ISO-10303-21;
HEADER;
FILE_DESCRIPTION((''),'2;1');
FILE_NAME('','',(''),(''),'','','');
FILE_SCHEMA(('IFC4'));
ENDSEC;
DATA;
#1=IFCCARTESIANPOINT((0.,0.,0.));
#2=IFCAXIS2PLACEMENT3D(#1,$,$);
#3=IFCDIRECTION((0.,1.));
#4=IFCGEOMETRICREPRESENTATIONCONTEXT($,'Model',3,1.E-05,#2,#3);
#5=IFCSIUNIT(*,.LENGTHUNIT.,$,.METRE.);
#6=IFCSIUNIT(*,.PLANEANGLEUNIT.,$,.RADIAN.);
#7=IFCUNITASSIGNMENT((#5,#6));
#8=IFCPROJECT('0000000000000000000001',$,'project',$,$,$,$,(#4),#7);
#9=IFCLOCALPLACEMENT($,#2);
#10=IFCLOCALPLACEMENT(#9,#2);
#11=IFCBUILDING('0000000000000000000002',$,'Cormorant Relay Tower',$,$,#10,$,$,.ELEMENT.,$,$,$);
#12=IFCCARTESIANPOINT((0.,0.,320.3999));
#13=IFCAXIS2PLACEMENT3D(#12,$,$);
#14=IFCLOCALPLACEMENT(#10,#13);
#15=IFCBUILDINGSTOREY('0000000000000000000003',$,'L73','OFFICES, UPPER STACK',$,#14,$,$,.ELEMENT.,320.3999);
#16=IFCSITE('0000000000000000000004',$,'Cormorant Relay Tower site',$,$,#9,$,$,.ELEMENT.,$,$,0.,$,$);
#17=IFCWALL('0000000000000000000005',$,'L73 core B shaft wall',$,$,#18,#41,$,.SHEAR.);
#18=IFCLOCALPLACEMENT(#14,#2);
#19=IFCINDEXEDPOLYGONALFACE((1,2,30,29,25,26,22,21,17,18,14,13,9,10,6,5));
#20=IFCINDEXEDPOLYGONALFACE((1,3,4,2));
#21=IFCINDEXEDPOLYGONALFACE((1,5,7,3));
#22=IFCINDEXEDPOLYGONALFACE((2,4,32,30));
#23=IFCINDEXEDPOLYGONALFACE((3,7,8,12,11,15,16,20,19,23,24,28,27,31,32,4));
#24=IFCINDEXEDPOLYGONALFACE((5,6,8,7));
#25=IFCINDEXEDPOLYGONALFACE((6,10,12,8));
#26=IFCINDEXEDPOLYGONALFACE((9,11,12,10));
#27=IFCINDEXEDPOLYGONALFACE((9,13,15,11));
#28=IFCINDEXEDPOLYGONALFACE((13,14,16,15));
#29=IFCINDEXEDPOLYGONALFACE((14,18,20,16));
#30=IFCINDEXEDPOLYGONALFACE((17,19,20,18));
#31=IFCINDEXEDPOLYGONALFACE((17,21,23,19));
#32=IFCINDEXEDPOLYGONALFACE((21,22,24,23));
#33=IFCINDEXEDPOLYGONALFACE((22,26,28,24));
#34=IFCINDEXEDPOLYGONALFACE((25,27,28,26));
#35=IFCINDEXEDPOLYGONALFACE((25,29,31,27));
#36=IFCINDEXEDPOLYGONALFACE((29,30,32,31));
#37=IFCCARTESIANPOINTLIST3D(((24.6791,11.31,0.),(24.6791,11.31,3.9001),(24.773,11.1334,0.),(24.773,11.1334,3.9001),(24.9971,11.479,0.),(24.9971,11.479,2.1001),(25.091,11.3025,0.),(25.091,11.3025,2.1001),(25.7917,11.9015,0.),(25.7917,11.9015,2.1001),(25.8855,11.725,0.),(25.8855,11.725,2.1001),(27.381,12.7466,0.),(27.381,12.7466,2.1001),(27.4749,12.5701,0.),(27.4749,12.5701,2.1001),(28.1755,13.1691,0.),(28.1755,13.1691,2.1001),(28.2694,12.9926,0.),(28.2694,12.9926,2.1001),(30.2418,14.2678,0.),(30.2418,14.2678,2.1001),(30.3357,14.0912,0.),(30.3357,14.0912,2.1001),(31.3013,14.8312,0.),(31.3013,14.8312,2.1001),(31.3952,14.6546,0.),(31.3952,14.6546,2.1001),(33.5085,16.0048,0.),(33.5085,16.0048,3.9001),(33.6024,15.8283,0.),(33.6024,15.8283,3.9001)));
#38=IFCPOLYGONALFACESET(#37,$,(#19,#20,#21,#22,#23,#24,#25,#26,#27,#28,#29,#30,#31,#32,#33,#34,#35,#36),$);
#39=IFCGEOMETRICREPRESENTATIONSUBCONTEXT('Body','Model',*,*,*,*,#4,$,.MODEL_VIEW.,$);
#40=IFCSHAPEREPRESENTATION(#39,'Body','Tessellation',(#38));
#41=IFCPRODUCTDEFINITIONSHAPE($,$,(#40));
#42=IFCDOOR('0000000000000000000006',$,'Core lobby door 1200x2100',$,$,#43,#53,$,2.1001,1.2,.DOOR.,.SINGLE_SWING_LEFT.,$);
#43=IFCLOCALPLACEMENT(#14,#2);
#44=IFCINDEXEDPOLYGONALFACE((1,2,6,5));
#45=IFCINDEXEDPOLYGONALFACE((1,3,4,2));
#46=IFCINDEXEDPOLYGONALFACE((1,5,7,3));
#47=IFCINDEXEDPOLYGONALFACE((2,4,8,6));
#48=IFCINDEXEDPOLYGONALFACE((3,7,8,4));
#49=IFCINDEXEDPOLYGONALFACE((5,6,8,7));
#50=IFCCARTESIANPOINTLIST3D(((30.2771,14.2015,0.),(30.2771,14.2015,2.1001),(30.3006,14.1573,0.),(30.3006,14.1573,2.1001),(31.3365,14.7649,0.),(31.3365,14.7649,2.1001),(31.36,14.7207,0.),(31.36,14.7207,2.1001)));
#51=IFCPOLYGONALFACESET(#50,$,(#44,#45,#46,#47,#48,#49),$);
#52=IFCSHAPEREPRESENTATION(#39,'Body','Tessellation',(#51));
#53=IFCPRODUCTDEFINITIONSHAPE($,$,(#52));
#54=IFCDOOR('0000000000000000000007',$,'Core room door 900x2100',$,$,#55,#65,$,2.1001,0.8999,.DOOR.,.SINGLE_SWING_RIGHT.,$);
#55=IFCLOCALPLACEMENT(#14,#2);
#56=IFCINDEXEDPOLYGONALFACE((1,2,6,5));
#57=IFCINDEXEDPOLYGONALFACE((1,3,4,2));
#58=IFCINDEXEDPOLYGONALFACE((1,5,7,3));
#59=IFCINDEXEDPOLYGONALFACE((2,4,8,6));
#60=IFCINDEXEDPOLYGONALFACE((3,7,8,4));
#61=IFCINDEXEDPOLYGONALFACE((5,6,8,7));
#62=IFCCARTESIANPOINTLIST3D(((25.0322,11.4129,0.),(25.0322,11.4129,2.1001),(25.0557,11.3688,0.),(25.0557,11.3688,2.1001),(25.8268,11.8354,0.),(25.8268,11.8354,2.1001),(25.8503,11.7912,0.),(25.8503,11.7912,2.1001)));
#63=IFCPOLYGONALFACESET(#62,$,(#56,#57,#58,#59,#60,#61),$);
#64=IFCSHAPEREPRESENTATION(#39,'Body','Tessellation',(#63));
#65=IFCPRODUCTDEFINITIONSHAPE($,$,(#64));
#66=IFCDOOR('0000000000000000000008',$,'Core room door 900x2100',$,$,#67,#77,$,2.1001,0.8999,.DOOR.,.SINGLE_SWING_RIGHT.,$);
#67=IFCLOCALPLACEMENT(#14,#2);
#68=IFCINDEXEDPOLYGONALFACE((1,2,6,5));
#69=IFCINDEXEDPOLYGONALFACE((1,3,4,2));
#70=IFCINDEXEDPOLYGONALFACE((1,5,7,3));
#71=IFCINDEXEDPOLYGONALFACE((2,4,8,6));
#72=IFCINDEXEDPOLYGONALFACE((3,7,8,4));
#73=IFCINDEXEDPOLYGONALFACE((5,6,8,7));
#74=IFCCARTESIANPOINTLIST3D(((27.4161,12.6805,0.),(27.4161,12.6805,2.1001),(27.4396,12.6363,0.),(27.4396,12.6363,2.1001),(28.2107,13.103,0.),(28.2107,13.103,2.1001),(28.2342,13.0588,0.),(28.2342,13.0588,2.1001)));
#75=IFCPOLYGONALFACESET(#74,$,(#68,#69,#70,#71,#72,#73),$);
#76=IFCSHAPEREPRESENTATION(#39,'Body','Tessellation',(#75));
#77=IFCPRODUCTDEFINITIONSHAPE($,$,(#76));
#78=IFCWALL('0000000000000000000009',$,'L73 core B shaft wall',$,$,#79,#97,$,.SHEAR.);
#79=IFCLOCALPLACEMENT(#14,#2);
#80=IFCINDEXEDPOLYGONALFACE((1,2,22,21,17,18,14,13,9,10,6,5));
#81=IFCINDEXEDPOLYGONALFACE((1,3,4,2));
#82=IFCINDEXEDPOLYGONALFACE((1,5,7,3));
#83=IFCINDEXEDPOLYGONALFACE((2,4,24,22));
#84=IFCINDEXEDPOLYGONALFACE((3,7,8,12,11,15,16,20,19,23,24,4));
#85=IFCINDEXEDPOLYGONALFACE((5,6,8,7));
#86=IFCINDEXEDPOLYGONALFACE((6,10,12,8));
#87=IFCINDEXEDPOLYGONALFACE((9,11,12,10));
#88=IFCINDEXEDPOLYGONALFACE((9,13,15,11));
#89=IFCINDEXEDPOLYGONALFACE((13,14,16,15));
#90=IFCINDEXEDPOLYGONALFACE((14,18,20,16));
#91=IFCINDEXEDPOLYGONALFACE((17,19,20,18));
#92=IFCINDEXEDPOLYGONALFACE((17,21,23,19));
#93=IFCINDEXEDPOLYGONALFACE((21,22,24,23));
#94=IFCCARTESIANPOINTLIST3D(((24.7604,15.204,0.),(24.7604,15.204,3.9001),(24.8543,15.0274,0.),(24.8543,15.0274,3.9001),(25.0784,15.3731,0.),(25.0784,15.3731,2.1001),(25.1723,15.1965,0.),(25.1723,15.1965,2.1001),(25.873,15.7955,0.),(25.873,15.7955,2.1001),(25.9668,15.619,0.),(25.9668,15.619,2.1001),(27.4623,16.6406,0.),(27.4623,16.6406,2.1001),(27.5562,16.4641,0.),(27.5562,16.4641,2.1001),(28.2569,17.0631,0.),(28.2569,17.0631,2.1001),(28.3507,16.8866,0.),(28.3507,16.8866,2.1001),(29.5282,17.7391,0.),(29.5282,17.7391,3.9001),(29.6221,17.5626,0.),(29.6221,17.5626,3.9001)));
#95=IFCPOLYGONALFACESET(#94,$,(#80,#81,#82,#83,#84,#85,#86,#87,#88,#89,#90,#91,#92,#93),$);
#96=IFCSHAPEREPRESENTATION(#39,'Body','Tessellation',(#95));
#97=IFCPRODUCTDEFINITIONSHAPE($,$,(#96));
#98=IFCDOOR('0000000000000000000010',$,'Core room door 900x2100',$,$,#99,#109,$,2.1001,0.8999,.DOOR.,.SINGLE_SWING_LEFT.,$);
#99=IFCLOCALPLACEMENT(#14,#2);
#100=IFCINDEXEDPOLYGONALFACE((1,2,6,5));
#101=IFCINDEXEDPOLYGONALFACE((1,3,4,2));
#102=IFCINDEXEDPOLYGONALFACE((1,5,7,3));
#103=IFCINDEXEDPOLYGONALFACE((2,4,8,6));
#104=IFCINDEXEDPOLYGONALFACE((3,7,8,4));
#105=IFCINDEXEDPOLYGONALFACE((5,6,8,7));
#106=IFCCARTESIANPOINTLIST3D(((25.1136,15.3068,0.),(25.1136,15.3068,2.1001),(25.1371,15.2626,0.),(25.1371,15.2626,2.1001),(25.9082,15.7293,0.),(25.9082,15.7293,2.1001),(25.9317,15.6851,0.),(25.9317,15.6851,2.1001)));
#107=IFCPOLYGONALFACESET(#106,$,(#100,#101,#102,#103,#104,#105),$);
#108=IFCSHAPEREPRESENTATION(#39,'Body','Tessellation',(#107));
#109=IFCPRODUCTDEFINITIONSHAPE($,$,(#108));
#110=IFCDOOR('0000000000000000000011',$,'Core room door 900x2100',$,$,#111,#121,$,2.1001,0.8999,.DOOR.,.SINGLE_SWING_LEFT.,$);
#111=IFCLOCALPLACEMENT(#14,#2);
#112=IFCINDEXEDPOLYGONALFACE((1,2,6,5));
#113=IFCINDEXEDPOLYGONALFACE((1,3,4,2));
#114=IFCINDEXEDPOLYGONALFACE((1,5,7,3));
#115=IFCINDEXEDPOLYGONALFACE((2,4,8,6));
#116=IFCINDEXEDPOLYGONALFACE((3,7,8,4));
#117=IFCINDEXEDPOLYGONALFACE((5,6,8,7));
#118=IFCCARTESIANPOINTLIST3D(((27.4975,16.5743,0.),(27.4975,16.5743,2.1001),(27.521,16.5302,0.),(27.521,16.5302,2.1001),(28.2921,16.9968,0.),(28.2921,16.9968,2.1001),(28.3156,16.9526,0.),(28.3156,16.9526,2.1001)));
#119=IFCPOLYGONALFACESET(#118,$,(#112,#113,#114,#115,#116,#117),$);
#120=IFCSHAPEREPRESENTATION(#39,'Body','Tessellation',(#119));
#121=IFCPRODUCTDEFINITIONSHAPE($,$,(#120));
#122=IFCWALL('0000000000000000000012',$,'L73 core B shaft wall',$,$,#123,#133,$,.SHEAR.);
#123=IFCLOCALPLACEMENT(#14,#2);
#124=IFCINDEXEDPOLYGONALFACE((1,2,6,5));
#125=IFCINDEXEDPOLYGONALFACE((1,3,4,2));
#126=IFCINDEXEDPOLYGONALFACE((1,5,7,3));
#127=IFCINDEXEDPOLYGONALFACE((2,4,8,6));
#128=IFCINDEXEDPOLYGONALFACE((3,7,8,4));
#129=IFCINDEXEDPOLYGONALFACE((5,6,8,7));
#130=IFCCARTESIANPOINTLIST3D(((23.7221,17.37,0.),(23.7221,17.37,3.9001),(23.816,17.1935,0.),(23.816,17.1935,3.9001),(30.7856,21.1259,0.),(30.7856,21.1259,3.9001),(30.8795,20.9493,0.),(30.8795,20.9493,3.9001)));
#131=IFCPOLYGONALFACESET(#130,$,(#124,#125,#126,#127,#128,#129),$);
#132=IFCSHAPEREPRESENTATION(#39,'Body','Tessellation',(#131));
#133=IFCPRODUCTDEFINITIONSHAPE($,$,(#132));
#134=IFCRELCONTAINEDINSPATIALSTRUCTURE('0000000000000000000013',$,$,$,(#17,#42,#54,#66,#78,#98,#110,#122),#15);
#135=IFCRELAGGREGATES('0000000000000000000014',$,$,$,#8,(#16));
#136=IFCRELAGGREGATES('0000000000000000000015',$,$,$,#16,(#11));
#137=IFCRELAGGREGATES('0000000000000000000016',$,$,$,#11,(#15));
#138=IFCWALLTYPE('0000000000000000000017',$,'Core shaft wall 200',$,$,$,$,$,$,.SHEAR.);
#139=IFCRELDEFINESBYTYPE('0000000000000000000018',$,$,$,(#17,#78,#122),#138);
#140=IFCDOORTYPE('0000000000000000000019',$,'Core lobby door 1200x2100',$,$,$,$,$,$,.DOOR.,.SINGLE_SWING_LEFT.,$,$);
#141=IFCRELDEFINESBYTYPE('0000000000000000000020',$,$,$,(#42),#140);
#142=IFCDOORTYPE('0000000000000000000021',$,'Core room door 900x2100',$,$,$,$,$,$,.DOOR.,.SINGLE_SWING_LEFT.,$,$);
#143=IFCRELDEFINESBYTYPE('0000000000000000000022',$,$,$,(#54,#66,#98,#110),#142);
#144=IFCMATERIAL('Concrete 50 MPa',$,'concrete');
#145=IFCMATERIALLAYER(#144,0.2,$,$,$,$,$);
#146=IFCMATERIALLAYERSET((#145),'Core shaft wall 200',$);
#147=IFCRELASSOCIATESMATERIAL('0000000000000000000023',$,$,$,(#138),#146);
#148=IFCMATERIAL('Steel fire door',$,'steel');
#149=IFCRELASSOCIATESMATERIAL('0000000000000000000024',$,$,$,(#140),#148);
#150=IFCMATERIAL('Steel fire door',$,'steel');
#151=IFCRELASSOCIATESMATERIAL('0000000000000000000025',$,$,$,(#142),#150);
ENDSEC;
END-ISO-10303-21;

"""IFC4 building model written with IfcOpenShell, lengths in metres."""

from ifc_helpers import new_model, si_unit, direction, frame, frame_2d, origin, place, context, subcontext, project, spatial, rectangle, extrude, material, layer, layer_set, type_object, element, fill, save


model = new_model("IFC4")

# Units and contexts
model_context = context("Model", 3, precision=1e-05, world=origin(), true_north=direction((0.0, 1.0)))
body_context = subcontext(model_context, "Body", "Model", "MODEL_VIEW")
ifc_project = project(units=[si_unit("LENGTHUNIT", "METRE"), si_unit("PLANEANGLEUNIT", "RADIAN")], contexts=[model_context])

# Site, building, storey
site_placement = place(None, origin())
site = spatial("IfcSite", under=ifc_project, at=site_placement, Name="Cormorant Relay Tower site", CompositionType="ELEMENT", RefElevation=0.0)
building_placement = place(site_placement, origin())
building = spatial("IfcBuilding", under=site, at=building_placement, Name="Cormorant Relay Tower", CompositionType="ELEMENT")
storey_placement = place(building_placement, frame((0.0, 0.0, 320.3999)))
storey = spatial("IfcBuildingStorey", under=building, at=storey_placement, Name="L73", Description="OFFICES, UPPER STACK", CompositionType="ELEMENT", Elevation=320.3999)

# Shared definitions
ifc_material_1 = material(Name="Concrete 50 MPa", Category="concrete")
ifc_layer_1 = layer(ifc_material_1, 0.2)
ifc_layer_set_1 = layer_set([ifc_layer_1], Name="Core shaft wall 200")
wall_type_1 = type_object("IfcWallType", Name="Core shaft wall 200", PredefinedType="SHEAR", material=ifc_layer_set_1)

# Walls, openings, doors
wall_1_placement = place(storey_placement, frame((24.7261, 11.2217, 0.0), z_axis=(0.0, 0.0, 1.0), x_axis=(0.88294, 0.469485, 0.0)))
wall_1 = element("IfcWall", 1, at=wall_1_placement, inside=storey, type_object=wall_type_1, Name="L73 core B shaft wall", PredefinedType="SHEAR", context=body_context, shape_type="SweptSolid", body=[
    extrude(rectangle(XDim=10.0, YDim=0.2, at=frame_2d((5.0, 0.0))), origin(), (0.0, 0.0, 1.0), 3.9001),
])
opening_1_placement = place(wall_1_placement, frame((6.3, 0.0, 0.0)))
opening_1 = element("IfcOpeningElement", 2, at=opening_1_placement, cuts=wall_1, PredefinedType="OPENING", context=body_context, shape_type="SweptSolid", body=[
    extrude(rectangle(XDim=1.2, YDim=2.1001, at=frame_2d((0.6001, 1.05))), frame((0.0, 0.1099, 0.0), z_axis=(0.0, -1.0, 0.0), x_axis=(1.0, 0.0, 0.0)), (0.0, 0.0, 1.0), 0.22),
])
opening_2_placement = place(wall_1_placement, frame((0.3601, 0.0, 0.0)))
opening_2 = element("IfcOpeningElement", 3, at=opening_2_placement, cuts=wall_1, PredefinedType="OPENING", context=body_context, shape_type="SweptSolid", body=[
    extrude(rectangle(XDim=0.8999, YDim=2.1001, at=frame_2d((0.45, 1.05))), frame((0.0, 0.1099, 0.0), z_axis=(0.0, -1.0, 0.0), x_axis=(1.0, 0.0, 0.0)), (0.0, 0.0, 1.0), 0.22),
])
opening_3_placement = place(wall_1_placement, frame((3.0601, 0.0, 0.0)))
opening_3 = element("IfcOpeningElement", 4, at=opening_3_placement, cuts=wall_1, PredefinedType="OPENING", context=body_context, shape_type="SweptSolid", body=[
    extrude(rectangle(XDim=0.8999, YDim=2.1001, at=frame_2d((0.45, 1.05))), frame((0.0, 0.1099, 0.0), z_axis=(0.0, -1.0, 0.0), x_axis=(1.0, 0.0, 0.0)), (0.0, 0.0, 1.0), 0.22),
])
ifc_material_2 = material(Name="Steel fire door", Category="steel")
door_type_1 = type_object("IfcDoorType", Name="Core lobby door 1200x2100", OperationType="SINGLE_SWING_LEFT", PredefinedType="DOOR", material=ifc_material_2)
door_1_placement = place(opening_1_placement, origin())
door_1 = element("IfcDoor", 5, at=door_1_placement, inside=storey, type_object=door_type_1, Name="Core lobby door 1200x2100", OperationType="SINGLE_SWING_LEFT", OverallHeight=2.1001, OverallWidth=1.2, PredefinedType="DOOR", context=body_context, shape_type="SweptSolid", body=[
    extrude(rectangle(XDim=1.2, YDim=2.1001, at=frame_2d((0.6001, 1.05))), frame((0.0, 0.0249, 0.0), z_axis=(0.0, -1.0, 0.0), x_axis=(1.0, 0.0, 0.0)), (0.0, 0.0, 1.0), 0.05),
])
fill(opening_1, door_1)
ifc_material_3 = material(Name="Steel fire door", Category="steel")
door_type_2 = type_object("IfcDoorType", Name="Core room door 900x2100", OperationType="SINGLE_SWING_LEFT", PredefinedType="DOOR", material=ifc_material_3)
door_2_placement = place(opening_2_placement, frame((0.8999, 0.0, 0.0), z_axis=(0.0, 0.0, 1.0), x_axis=(-1.0, 0.0, 0.0)))
door_2 = element("IfcDoor", 6, at=door_2_placement, inside=storey, type_object=door_type_2, Name="Core room door 900x2100", OperationType="SINGLE_SWING_RIGHT", OverallHeight=2.1001, OverallWidth=0.8999, PredefinedType="DOOR", context=body_context, shape_type="SweptSolid", body=[
    extrude(rectangle(XDim=0.8999, YDim=2.1001, at=frame_2d((0.45, 1.05))), frame((0.0, 0.0249, 0.0), z_axis=(0.0, -1.0, 0.0), x_axis=(1.0, 0.0, 0.0)), (0.0, 0.0, 1.0), 0.05),
])
fill(opening_2, door_2)
door_3_placement = place(opening_3_placement, frame((0.8999, 0.0, 0.0), z_axis=(0.0, 0.0, 1.0), x_axis=(-1.0, 0.0, 0.0)))
door_3 = element("IfcDoor", 7, at=door_3_placement, inside=storey, type_object=door_type_2, Name="Core room door 900x2100", OperationType="SINGLE_SWING_RIGHT", OverallHeight=2.1001, OverallWidth=0.8999, PredefinedType="DOOR", context=body_context, shape_type="SweptSolid", body=[
    extrude(rectangle(XDim=0.8999, YDim=2.1001, at=frame_2d((0.45, 1.05))), frame((0.0, 0.0249, 0.0), z_axis=(0.0, -1.0, 0.0), x_axis=(1.0, 0.0, 0.0)), (0.0, 0.0, 1.0), 0.05),
])
fill(opening_3, door_3)
wall_2_placement = place(storey_placement, frame((24.8074, 15.1157, 0.0), z_axis=(0.0, 0.0, 1.0), x_axis=(0.882943, 0.46948, 0.0)))
wall_2 = element("IfcWall", 8, at=wall_2_placement, inside=storey, type_object=wall_type_1, Name="L73 core B shaft wall", PredefinedType="SHEAR", context=body_context, shape_type="SweptSolid", body=[
    extrude(rectangle(XDim=5.3999, YDim=0.2, at=frame_2d((2.7, 0.0))), origin(), (0.0, 0.0, 1.0), 3.9001),
])
opening_4_placement = place(wall_2_placement, frame((0.3601, 0.0, 0.0)))
opening_4 = element("IfcOpeningElement", 9, at=opening_4_placement, cuts=wall_2, PredefinedType="OPENING", context=body_context, shape_type="SweptSolid", body=[
    extrude(rectangle(XDim=0.8999, YDim=2.1001, at=frame_2d((0.45, 1.05))), frame((0.0, 0.1099, 0.0), z_axis=(0.0, -1.0, 0.0), x_axis=(1.0, 0.0, 0.0)), (0.0, 0.0, 1.0), 0.22),
])
opening_5_placement = place(wall_2_placement, frame((3.0601, 0.0, 0.0)))
opening_5 = element("IfcOpeningElement", 10, at=opening_5_placement, cuts=wall_2, PredefinedType="OPENING", context=body_context, shape_type="SweptSolid", body=[
    extrude(rectangle(XDim=0.8999, YDim=2.1001, at=frame_2d((0.45, 1.05))), frame((0.0, 0.1099, 0.0), z_axis=(0.0, -1.0, 0.0), x_axis=(1.0, 0.0, 0.0)), (0.0, 0.0, 1.0), 0.22),
])
door_4_placement = place(opening_4_placement, origin())
door_4 = element("IfcDoor", 11, at=door_4_placement, inside=storey, type_object=door_type_2, Name="Core room door 900x2100", OperationType="SINGLE_SWING_LEFT", OverallHeight=2.1001, OverallWidth=0.8999, PredefinedType="DOOR", context=body_context, shape_type="SweptSolid", body=[
    extrude(rectangle(XDim=0.8999, YDim=2.1001, at=frame_2d((0.45, 1.05))), frame((0.0, 0.0249, 0.0), z_axis=(0.0, -1.0, 0.0), x_axis=(1.0, 0.0, 0.0)), (0.0, 0.0, 1.0), 0.05),
])
fill(opening_4, door_4)
door_5_placement = place(opening_5_placement, origin())
door_5 = element("IfcDoor", 12, at=door_5_placement, inside=storey, type_object=door_type_2, Name="Core room door 900x2100", OperationType="SINGLE_SWING_LEFT", OverallHeight=2.1001, OverallWidth=0.8999, PredefinedType="DOOR", context=body_context, shape_type="SweptSolid", body=[
    extrude(rectangle(XDim=0.8999, YDim=2.1001, at=frame_2d((0.45, 1.05))), frame((0.0, 0.0249, 0.0), z_axis=(0.0, -1.0, 0.0), x_axis=(1.0, 0.0, 0.0)), (0.0, 0.0, 1.0), 0.05),
])
fill(opening_5, door_5)

# Wall
wall_3_placement = place(storey_placement, frame((23.769, 17.2817, 0.0), z_axis=(0.0, 0.0, 1.0), x_axis=(0.88294, 0.469485, 0.0)))
element("IfcWall", 13, at=wall_3_placement, inside=storey, type_object=wall_type_1, Name="L73 core B shaft wall", PredefinedType="SHEAR", context=body_context, shape_type="SweptSolid", body=[
    extrude(rectangle(XDim=8.0, YDim=0.2, at=frame_2d((4.0, 0.0))), origin(), (0.0, 0.0, 1.0), 3.9001),
])

save(model, "model.ifc")
